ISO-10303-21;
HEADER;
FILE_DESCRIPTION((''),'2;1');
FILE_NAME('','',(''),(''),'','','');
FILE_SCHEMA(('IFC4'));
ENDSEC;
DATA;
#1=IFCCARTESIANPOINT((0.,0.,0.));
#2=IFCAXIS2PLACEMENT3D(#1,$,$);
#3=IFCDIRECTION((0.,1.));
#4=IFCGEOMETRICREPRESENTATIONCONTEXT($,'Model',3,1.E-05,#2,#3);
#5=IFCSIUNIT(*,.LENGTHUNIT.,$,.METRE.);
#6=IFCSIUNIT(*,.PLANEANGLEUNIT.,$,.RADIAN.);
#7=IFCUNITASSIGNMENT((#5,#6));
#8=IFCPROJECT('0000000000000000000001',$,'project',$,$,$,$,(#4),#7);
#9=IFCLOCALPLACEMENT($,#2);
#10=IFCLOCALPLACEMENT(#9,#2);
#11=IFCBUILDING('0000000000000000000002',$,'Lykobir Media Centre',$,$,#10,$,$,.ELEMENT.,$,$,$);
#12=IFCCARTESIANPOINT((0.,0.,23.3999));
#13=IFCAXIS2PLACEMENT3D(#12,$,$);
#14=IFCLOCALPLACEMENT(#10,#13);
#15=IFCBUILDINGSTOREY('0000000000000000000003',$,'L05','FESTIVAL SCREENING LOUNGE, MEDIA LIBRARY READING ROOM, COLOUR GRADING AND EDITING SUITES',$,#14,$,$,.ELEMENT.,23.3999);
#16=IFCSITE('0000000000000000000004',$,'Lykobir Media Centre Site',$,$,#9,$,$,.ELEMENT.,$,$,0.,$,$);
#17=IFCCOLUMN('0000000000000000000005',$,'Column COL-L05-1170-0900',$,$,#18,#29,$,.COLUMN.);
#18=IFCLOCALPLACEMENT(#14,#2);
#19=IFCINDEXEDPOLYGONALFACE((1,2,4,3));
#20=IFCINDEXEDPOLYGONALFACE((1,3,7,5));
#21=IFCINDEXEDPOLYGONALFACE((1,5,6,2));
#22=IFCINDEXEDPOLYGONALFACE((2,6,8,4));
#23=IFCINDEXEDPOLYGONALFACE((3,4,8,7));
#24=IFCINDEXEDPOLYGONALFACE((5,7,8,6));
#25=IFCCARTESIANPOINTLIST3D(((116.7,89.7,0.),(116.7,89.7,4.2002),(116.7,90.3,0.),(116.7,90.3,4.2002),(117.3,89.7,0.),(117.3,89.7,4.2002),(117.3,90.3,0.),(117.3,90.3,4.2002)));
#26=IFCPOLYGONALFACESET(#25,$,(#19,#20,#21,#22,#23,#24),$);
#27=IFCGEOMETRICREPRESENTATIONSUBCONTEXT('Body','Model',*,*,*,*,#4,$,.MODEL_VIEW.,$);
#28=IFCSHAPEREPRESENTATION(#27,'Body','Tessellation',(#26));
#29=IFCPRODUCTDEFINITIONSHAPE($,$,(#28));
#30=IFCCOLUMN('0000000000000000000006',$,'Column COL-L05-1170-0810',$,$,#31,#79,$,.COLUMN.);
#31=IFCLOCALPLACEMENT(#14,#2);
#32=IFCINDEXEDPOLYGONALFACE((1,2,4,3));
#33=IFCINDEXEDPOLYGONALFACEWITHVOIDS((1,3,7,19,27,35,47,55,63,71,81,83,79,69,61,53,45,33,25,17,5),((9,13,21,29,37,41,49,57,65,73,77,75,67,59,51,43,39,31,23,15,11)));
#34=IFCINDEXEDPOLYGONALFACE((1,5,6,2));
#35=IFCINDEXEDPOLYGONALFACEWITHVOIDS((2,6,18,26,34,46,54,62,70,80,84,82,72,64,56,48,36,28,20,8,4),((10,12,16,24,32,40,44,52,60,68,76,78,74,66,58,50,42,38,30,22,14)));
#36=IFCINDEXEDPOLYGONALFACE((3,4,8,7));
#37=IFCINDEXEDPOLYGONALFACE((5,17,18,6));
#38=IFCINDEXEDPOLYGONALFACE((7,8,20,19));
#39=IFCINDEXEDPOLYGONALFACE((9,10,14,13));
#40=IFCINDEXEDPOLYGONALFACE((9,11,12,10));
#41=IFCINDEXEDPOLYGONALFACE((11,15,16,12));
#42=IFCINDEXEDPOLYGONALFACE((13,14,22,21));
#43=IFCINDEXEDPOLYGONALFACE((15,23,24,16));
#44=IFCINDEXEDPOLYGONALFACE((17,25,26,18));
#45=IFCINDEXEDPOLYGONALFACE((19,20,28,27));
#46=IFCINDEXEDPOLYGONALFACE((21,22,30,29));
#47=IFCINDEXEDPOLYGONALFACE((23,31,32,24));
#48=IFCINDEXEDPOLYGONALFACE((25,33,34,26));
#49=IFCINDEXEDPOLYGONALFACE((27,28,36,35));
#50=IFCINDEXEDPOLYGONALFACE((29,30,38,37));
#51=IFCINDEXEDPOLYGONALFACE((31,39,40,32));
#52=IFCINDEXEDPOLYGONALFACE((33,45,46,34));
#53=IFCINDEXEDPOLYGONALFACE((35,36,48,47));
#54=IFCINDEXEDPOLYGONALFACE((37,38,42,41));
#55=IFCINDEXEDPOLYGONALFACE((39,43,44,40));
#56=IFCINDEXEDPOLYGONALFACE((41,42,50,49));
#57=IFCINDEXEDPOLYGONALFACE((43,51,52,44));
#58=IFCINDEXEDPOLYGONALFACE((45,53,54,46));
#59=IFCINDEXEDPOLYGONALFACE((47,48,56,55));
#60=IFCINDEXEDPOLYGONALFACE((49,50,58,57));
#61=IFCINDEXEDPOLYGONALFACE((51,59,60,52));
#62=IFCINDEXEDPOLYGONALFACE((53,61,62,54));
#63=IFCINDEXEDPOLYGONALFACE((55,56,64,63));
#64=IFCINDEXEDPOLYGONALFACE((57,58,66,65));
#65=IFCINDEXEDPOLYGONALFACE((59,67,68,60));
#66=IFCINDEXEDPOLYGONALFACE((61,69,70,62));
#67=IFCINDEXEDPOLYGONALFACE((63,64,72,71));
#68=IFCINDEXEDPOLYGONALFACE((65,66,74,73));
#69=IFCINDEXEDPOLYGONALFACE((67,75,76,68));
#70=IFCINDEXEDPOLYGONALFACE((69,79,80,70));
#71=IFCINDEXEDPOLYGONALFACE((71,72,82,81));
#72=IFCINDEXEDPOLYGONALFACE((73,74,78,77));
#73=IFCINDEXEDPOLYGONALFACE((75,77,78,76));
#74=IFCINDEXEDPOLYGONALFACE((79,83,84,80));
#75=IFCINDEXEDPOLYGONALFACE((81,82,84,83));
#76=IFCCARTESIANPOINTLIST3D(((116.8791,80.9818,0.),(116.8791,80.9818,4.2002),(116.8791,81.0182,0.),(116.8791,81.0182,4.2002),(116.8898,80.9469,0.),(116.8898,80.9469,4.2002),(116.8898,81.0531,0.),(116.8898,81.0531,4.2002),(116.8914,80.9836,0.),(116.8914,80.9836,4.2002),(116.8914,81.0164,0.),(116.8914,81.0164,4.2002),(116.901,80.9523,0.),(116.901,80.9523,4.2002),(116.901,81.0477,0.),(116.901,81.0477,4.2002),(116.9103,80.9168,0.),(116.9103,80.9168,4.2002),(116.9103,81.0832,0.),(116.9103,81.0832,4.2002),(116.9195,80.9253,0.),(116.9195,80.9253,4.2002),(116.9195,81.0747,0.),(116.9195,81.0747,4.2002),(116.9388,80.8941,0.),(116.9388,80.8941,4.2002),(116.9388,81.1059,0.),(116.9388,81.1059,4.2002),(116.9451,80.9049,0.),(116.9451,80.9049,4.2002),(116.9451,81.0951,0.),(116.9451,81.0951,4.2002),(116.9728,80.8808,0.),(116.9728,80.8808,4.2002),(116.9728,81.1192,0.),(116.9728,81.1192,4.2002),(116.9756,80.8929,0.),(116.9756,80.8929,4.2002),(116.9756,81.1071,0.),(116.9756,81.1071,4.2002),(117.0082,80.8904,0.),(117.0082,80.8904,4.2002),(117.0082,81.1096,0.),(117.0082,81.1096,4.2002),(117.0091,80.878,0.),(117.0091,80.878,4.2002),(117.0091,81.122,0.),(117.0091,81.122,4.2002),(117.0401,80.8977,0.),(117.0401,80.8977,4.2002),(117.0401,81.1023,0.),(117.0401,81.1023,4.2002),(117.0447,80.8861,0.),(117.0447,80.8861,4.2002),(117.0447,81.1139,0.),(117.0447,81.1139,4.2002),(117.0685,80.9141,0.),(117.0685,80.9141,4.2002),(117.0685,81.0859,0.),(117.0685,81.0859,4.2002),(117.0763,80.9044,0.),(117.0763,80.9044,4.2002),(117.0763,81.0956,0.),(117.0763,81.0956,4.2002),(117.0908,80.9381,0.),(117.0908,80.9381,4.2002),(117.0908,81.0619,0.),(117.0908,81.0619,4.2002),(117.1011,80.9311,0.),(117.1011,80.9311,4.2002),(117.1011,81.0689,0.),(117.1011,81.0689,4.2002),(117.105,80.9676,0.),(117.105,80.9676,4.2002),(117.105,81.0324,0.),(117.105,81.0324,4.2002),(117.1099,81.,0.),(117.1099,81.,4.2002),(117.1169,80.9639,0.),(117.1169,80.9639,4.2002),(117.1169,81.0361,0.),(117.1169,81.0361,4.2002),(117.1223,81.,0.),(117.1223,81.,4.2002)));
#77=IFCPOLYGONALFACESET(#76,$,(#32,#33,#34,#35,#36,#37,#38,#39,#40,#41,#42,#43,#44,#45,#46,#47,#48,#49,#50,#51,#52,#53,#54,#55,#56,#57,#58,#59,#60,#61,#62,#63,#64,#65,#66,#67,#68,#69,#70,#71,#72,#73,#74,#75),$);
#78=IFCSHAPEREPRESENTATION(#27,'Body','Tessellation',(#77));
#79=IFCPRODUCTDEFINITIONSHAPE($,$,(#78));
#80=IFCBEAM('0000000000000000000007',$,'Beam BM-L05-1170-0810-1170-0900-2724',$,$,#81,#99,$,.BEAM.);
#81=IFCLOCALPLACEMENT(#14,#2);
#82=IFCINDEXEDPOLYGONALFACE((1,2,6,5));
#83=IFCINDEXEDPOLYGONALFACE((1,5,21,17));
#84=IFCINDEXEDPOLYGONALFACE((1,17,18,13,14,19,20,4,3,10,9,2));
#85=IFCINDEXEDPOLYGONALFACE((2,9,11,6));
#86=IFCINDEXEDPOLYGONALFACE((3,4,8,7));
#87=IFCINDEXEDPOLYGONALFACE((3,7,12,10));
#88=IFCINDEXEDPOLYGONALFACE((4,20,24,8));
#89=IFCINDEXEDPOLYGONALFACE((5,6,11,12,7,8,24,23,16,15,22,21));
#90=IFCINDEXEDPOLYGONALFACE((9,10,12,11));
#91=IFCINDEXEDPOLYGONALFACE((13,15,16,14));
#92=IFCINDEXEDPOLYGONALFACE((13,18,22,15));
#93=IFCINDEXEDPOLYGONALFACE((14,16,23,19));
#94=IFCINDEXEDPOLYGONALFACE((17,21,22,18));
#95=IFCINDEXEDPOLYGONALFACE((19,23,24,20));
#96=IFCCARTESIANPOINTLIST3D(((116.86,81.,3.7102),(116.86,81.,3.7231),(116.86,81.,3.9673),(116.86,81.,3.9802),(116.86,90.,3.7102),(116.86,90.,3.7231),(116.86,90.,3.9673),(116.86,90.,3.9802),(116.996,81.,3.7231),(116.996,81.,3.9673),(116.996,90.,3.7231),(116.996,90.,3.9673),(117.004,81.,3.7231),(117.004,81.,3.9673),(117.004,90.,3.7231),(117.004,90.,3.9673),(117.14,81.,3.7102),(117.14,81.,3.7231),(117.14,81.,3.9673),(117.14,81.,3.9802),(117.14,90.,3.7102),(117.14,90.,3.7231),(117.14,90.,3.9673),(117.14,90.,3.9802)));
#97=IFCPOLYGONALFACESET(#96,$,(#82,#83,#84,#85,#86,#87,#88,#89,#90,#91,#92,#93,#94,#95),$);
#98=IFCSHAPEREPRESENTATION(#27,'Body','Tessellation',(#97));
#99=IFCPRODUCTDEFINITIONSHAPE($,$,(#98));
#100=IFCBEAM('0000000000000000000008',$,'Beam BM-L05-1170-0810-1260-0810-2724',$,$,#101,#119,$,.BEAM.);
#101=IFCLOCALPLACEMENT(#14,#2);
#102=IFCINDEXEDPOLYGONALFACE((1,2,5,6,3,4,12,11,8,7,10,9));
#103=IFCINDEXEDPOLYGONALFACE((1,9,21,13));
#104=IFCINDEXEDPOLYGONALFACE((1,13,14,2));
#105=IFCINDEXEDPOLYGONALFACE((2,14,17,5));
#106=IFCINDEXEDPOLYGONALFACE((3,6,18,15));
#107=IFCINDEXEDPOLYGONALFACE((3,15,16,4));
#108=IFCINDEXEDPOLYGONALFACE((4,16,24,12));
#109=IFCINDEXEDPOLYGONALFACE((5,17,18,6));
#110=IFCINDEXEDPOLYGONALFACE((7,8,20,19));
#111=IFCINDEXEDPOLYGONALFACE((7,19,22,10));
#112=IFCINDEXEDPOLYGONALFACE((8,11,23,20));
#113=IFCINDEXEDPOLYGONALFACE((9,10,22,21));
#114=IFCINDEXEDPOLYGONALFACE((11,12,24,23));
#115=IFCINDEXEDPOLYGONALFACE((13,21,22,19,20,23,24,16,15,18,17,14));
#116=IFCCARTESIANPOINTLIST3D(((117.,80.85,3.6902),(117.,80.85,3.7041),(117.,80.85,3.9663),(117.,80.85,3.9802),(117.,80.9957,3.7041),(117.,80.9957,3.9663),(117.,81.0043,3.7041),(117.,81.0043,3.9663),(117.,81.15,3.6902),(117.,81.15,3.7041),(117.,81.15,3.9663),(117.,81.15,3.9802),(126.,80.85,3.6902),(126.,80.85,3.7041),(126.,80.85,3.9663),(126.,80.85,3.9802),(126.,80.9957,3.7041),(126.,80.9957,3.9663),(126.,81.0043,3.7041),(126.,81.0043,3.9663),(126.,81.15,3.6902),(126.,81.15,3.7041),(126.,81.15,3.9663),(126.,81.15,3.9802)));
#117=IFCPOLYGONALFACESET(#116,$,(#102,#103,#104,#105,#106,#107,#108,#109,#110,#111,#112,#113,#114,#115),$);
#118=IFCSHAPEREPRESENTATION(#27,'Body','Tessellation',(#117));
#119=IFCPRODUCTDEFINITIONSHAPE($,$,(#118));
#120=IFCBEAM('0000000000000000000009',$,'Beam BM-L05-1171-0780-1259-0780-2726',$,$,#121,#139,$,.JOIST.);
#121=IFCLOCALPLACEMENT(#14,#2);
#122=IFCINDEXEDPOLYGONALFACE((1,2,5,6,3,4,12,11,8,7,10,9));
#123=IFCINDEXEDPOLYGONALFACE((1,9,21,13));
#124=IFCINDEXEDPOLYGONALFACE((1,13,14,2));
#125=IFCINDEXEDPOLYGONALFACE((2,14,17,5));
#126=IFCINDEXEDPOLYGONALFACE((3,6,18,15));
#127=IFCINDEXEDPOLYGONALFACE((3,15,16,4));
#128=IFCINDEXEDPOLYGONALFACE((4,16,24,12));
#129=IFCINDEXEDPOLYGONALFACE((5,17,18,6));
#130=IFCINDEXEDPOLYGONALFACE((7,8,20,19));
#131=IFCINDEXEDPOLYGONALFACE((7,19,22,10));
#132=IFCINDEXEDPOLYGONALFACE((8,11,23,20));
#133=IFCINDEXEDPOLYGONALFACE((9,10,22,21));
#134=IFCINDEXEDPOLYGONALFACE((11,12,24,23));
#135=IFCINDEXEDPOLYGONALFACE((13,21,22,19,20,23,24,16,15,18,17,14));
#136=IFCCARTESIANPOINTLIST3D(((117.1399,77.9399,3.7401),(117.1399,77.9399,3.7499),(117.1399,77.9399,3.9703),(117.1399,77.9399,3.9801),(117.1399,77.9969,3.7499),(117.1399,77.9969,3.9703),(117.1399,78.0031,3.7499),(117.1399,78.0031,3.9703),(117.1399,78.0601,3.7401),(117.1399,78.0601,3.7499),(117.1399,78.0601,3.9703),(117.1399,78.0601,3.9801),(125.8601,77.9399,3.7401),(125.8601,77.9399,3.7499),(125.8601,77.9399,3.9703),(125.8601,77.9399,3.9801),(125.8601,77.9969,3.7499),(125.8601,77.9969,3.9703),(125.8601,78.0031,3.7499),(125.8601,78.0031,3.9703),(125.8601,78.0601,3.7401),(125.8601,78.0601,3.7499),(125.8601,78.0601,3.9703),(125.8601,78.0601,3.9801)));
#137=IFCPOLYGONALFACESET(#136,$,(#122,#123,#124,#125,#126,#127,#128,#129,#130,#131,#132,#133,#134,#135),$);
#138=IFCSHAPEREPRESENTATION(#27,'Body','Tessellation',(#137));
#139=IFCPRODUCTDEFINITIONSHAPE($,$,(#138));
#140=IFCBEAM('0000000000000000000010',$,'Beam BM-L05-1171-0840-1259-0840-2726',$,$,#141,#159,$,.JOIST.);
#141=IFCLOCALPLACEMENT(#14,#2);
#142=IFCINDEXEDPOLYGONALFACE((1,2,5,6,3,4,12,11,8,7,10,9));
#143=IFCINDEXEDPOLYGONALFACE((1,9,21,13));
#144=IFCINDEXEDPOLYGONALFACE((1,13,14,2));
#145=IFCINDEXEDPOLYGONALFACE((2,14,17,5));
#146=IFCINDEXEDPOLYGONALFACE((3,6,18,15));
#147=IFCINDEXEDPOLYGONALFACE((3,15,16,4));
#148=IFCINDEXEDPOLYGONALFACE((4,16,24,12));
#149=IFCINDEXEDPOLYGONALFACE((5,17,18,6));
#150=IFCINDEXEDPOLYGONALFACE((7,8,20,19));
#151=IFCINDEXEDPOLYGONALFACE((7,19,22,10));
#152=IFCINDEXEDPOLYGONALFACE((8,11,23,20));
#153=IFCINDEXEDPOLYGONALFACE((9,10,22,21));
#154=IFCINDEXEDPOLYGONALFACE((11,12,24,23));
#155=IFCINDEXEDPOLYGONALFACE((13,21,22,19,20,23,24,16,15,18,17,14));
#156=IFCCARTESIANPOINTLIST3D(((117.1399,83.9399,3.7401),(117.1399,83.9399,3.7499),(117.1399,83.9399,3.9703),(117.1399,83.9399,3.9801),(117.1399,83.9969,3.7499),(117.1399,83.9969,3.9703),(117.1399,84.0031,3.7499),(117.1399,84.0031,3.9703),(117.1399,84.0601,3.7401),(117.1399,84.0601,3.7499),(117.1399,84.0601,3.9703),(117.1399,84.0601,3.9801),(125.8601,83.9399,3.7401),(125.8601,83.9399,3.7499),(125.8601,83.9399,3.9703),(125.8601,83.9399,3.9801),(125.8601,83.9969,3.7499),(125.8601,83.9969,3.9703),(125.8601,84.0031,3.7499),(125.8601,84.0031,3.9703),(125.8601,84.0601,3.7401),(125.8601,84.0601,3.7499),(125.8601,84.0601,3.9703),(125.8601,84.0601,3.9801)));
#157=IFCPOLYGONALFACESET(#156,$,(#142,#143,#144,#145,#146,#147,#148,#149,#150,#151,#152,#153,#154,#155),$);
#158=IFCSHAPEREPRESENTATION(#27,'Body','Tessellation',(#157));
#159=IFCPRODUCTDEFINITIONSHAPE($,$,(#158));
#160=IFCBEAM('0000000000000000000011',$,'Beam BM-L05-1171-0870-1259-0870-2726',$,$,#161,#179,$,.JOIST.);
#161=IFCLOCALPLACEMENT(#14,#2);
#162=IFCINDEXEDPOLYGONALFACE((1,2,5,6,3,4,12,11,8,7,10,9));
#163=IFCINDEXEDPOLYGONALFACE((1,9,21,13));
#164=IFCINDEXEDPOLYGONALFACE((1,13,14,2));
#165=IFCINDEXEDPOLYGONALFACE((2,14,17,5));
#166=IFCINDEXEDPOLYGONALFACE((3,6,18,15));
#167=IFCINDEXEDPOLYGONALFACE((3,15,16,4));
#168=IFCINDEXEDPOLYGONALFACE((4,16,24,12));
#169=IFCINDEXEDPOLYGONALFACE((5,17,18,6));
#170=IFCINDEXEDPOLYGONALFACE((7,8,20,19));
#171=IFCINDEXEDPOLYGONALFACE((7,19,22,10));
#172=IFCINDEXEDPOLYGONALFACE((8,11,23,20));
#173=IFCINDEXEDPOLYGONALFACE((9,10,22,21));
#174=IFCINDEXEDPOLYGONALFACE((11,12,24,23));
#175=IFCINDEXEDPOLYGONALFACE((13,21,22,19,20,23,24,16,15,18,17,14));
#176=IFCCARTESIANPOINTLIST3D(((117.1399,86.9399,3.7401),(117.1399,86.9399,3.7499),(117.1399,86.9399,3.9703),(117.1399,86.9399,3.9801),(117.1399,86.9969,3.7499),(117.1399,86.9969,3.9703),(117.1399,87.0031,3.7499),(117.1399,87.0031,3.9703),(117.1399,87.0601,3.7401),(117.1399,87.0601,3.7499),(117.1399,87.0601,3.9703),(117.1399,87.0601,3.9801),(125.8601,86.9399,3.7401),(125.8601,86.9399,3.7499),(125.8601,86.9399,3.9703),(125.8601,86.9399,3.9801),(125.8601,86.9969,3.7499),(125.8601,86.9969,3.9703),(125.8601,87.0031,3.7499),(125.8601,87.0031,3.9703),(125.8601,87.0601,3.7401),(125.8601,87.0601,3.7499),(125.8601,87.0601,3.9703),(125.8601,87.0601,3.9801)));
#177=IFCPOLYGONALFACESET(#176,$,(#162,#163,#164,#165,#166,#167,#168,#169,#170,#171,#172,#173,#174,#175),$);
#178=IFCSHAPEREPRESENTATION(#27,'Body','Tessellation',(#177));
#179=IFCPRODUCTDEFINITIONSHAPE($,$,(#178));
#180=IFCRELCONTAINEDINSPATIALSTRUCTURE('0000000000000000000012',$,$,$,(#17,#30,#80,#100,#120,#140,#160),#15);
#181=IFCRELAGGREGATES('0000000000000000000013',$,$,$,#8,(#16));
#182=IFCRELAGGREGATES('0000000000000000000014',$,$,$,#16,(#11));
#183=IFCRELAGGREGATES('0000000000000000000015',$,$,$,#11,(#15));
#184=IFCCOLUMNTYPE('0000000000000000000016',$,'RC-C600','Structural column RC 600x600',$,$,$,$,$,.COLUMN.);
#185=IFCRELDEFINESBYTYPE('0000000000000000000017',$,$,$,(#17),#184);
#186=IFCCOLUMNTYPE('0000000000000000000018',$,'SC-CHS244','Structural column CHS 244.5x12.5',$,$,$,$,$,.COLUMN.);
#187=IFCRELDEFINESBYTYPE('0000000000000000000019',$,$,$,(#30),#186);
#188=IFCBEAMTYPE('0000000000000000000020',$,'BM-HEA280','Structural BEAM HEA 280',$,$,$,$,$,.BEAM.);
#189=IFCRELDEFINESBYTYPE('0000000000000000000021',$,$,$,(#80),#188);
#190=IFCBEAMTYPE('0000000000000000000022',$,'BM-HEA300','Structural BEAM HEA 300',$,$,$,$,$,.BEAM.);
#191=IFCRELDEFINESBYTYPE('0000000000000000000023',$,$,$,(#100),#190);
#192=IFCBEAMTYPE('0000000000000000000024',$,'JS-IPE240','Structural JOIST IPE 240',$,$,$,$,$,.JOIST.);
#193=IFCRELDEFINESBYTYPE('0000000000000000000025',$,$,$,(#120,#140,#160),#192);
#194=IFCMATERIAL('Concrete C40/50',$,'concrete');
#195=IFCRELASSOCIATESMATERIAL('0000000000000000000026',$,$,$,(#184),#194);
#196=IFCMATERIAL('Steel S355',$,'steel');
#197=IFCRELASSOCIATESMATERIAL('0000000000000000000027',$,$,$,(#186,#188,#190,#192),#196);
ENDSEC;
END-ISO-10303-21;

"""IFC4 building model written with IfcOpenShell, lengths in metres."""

from ifc_helpers import new_model, si_unit, direction, frame, origin, origin_2d, place, context, subcontext, project, spatial, rectangle, hollow_circle, i_section, extrude, material, material_profile, profile_set, type_object, element, save


model = new_model("IFC4")

# Units and contexts
model_context = context("Model", 3, precision=1e-05, world=origin(), true_north=direction((0.0, 1.0)))
body_context = subcontext(model_context, "Body", "Model", "MODEL_VIEW")
ifc_project = project(units=[si_unit("LENGTHUNIT", "METRE"), si_unit("PLANEANGLEUNIT", "RADIAN")], contexts=[model_context])

# Site, building, storey
site_placement = place(None, origin())
site = spatial("IfcSite", under=ifc_project, at=site_placement, Name="Lykobir Media Centre Site", CompositionType="ELEMENT", RefElevation=0.0)
building_placement = place(site_placement, origin())
building = spatial("IfcBuilding", under=site, at=building_placement, Name="Lykobir Media Centre", CompositionType="ELEMENT")
storey_placement = place(building_placement, frame((0.0, 0.0, 23.3999)))
storey = spatial("IfcBuildingStorey", under=building, at=storey_placement, Name="L05", Description="FESTIVAL SCREENING LOUNGE, MEDIA LIBRARY READING ROOM, COLOUR GRADING AND EDITING SUITES", CompositionType="ELEMENT", Elevation=23.3999)

# Columns
ifc_material_1 = material(Name="Concrete C40/50", Category="concrete")
ifc_material_profile_1 = material_profile(ifc_material_1, rectangle(XDim=0.6001, YDim=0.6001, at=origin_2d()), Name="RC 600x600")
ifc_profile_set_1 = profile_set([ifc_material_profile_1], Name="Concrete C40/50")
column_type_1 = type_object("IfcColumnType", Name="RC-C600", Description="Structural column RC 600x600", PredefinedType="COLUMN", material=ifc_profile_set_1)
column_1_placement = place(storey_placement, frame((117.0, 90.0, 0.0), z_axis=(0.0, 0.0, 1.0), x_axis=(1.0, 0.0, 0.0)))
element("IfcColumn", 1, at=column_1_placement, inside=storey, type_object=column_type_1, Name="Column COL-L05-1170-0900", PredefinedType="COLUMN", context=body_context, shape_type="SweptSolid", body=[
    extrude(rectangle(XDim=0.6001, YDim=0.6001, at=origin_2d()), origin(), (0.0, 0.0, 1.0), 4.2002),
])
ifc_material_2 = material(Name="Steel S355", Category="steel")
ifc_material_profile_2 = material_profile(ifc_material_2, hollow_circle(Radius=0.1223, WallThickness=0.0125, at=origin_2d()), Name="CHS 244.5x12.5")
ifc_profile_set_2 = profile_set([ifc_material_profile_2], Name="Steel S355")
column_type_2 = type_object("IfcColumnType", Name="SC-CHS244", Description="Structural column CHS 244.5x12.5", PredefinedType="COLUMN", material=ifc_profile_set_2)
column_2_placement = place(storey_placement, frame((117.0, 81.0, 0.0), z_axis=(0.0, 0.0, 1.0), x_axis=(1.0, 0.0, 0.0)))
element("IfcColumn", 2, at=column_2_placement, inside=storey, type_object=column_type_2, Name="Column COL-L05-1170-0810", PredefinedType="COLUMN", context=body_context, shape_type="SweptSolid", body=[
    extrude(hollow_circle(Radius=0.1223, WallThickness=0.0125, at=origin_2d()), origin(), (0.0, 0.0, 1.0), 4.2002),
])

# Beams
ifc_material_profile_3 = material_profile(ifc_material_2, i_section(OverallWidth=0.28, OverallDepth=0.27, WebThickness=0.0081, FlangeThickness=0.0129, at=origin_2d()), Name="HEA 280")
ifc_profile_set_3 = profile_set([ifc_material_profile_3], Name="Steel S355")
beam_type_1 = type_object("IfcBeamType", Name="BM-HEA280", Description="Structural BEAM HEA 280", PredefinedType="BEAM", material=ifc_profile_set_3)
beam_1_placement = place(storey_placement, frame((117.0, 81.0, 3.8452), z_axis=(0.0, 1.0, 0.0), x_axis=(-1.0, 0.0, 0.0)))
element("IfcBeam", 3, at=beam_1_placement, inside=storey, type_object=beam_type_1, Name="Beam BM-L05-1170-0810-1170-0900-2724", PredefinedType="BEAM", context=body_context, shape_type="SweptSolid", body=[
    extrude(i_section(OverallWidth=0.28, OverallDepth=0.27, WebThickness=0.0081, FlangeThickness=0.0129, at=origin_2d()), origin(), (0.0, 0.0, 1.0), 9.0),
])
ifc_material_profile_4 = material_profile(ifc_material_2, i_section(OverallWidth=0.3, OverallDepth=0.29, WebThickness=0.0085, FlangeThickness=0.0139, at=origin_2d()), Name="HEA 300")
ifc_profile_set_4 = profile_set([ifc_material_profile_4], Name="Steel S355")
beam_type_2 = type_object("IfcBeamType", Name="BM-HEA300", Description="Structural BEAM HEA 300", PredefinedType="BEAM", material=ifc_profile_set_4)
beam_2_placement = place(storey_placement, frame((117.0, 81.0, 3.8352), z_axis=(1.0, 0.0, 0.0), x_axis=(0.0, 1.0, 0.0)))
element("IfcBeam", 4, at=beam_2_placement, inside=storey, type_object=beam_type_2, Name="Beam BM-L05-1170-0810-1260-0810-2724", PredefinedType="BEAM", context=body_context, shape_type="SweptSolid", body=[
    extrude(i_section(OverallWidth=0.3, OverallDepth=0.29, WebThickness=0.0085, FlangeThickness=0.0139, at=origin_2d()), origin(), (0.0, 0.0, 1.0), 9.0),
])
ifc_material_profile_5 = material_profile(ifc_material_2, i_section(OverallWidth=0.1201, OverallDepth=0.24, WebThickness=0.0061, FlangeThickness=0.0098, at=origin_2d()), Name="IPE 240")
ifc_profile_set_5 = profile_set([ifc_material_profile_5], Name="Steel S355")
beam_type_3 = type_object("IfcBeamType", Name="JS-IPE240", Description="Structural JOIST IPE 240", PredefinedType="JOIST", material=ifc_profile_set_5)
for number, where, z_axis, x_axis, name in (
    (5, (117.1399, 78.0, 3.8601), (1.0, 0.0, 0.0), (0.0, 1.0, 0.0), "Beam BM-L05-1171-0780-1259-0780-2726"),
    (6, (117.1399, 84.0, 3.8601), (1.0, 0.0, 0.0), (0.0, 1.0, 0.0), "Beam BM-L05-1171-0840-1259-0840-2726"),
    (7, (117.1399, 87.0, 3.8601), (1.0, 0.0, 0.0), (0.0, 1.0, 0.0), "Beam BM-L05-1171-0870-1259-0870-2726"),
):
    element("IfcBeam", number, at=place(storey_placement, frame(where, z_axis=z_axis, x_axis=x_axis)), inside=storey, type_object=beam_type_3, Name=name, PredefinedType="JOIST", context=body_context, shape_type="SweptSolid", body=[
        extrude(i_section(OverallWidth=0.1201, OverallDepth=0.24, WebThickness=0.0061, FlangeThickness=0.0098, at=origin_2d()), origin(), (0.0, 0.0, 1.0), 8.7202),
    ])

save(model, "model.ifc")
